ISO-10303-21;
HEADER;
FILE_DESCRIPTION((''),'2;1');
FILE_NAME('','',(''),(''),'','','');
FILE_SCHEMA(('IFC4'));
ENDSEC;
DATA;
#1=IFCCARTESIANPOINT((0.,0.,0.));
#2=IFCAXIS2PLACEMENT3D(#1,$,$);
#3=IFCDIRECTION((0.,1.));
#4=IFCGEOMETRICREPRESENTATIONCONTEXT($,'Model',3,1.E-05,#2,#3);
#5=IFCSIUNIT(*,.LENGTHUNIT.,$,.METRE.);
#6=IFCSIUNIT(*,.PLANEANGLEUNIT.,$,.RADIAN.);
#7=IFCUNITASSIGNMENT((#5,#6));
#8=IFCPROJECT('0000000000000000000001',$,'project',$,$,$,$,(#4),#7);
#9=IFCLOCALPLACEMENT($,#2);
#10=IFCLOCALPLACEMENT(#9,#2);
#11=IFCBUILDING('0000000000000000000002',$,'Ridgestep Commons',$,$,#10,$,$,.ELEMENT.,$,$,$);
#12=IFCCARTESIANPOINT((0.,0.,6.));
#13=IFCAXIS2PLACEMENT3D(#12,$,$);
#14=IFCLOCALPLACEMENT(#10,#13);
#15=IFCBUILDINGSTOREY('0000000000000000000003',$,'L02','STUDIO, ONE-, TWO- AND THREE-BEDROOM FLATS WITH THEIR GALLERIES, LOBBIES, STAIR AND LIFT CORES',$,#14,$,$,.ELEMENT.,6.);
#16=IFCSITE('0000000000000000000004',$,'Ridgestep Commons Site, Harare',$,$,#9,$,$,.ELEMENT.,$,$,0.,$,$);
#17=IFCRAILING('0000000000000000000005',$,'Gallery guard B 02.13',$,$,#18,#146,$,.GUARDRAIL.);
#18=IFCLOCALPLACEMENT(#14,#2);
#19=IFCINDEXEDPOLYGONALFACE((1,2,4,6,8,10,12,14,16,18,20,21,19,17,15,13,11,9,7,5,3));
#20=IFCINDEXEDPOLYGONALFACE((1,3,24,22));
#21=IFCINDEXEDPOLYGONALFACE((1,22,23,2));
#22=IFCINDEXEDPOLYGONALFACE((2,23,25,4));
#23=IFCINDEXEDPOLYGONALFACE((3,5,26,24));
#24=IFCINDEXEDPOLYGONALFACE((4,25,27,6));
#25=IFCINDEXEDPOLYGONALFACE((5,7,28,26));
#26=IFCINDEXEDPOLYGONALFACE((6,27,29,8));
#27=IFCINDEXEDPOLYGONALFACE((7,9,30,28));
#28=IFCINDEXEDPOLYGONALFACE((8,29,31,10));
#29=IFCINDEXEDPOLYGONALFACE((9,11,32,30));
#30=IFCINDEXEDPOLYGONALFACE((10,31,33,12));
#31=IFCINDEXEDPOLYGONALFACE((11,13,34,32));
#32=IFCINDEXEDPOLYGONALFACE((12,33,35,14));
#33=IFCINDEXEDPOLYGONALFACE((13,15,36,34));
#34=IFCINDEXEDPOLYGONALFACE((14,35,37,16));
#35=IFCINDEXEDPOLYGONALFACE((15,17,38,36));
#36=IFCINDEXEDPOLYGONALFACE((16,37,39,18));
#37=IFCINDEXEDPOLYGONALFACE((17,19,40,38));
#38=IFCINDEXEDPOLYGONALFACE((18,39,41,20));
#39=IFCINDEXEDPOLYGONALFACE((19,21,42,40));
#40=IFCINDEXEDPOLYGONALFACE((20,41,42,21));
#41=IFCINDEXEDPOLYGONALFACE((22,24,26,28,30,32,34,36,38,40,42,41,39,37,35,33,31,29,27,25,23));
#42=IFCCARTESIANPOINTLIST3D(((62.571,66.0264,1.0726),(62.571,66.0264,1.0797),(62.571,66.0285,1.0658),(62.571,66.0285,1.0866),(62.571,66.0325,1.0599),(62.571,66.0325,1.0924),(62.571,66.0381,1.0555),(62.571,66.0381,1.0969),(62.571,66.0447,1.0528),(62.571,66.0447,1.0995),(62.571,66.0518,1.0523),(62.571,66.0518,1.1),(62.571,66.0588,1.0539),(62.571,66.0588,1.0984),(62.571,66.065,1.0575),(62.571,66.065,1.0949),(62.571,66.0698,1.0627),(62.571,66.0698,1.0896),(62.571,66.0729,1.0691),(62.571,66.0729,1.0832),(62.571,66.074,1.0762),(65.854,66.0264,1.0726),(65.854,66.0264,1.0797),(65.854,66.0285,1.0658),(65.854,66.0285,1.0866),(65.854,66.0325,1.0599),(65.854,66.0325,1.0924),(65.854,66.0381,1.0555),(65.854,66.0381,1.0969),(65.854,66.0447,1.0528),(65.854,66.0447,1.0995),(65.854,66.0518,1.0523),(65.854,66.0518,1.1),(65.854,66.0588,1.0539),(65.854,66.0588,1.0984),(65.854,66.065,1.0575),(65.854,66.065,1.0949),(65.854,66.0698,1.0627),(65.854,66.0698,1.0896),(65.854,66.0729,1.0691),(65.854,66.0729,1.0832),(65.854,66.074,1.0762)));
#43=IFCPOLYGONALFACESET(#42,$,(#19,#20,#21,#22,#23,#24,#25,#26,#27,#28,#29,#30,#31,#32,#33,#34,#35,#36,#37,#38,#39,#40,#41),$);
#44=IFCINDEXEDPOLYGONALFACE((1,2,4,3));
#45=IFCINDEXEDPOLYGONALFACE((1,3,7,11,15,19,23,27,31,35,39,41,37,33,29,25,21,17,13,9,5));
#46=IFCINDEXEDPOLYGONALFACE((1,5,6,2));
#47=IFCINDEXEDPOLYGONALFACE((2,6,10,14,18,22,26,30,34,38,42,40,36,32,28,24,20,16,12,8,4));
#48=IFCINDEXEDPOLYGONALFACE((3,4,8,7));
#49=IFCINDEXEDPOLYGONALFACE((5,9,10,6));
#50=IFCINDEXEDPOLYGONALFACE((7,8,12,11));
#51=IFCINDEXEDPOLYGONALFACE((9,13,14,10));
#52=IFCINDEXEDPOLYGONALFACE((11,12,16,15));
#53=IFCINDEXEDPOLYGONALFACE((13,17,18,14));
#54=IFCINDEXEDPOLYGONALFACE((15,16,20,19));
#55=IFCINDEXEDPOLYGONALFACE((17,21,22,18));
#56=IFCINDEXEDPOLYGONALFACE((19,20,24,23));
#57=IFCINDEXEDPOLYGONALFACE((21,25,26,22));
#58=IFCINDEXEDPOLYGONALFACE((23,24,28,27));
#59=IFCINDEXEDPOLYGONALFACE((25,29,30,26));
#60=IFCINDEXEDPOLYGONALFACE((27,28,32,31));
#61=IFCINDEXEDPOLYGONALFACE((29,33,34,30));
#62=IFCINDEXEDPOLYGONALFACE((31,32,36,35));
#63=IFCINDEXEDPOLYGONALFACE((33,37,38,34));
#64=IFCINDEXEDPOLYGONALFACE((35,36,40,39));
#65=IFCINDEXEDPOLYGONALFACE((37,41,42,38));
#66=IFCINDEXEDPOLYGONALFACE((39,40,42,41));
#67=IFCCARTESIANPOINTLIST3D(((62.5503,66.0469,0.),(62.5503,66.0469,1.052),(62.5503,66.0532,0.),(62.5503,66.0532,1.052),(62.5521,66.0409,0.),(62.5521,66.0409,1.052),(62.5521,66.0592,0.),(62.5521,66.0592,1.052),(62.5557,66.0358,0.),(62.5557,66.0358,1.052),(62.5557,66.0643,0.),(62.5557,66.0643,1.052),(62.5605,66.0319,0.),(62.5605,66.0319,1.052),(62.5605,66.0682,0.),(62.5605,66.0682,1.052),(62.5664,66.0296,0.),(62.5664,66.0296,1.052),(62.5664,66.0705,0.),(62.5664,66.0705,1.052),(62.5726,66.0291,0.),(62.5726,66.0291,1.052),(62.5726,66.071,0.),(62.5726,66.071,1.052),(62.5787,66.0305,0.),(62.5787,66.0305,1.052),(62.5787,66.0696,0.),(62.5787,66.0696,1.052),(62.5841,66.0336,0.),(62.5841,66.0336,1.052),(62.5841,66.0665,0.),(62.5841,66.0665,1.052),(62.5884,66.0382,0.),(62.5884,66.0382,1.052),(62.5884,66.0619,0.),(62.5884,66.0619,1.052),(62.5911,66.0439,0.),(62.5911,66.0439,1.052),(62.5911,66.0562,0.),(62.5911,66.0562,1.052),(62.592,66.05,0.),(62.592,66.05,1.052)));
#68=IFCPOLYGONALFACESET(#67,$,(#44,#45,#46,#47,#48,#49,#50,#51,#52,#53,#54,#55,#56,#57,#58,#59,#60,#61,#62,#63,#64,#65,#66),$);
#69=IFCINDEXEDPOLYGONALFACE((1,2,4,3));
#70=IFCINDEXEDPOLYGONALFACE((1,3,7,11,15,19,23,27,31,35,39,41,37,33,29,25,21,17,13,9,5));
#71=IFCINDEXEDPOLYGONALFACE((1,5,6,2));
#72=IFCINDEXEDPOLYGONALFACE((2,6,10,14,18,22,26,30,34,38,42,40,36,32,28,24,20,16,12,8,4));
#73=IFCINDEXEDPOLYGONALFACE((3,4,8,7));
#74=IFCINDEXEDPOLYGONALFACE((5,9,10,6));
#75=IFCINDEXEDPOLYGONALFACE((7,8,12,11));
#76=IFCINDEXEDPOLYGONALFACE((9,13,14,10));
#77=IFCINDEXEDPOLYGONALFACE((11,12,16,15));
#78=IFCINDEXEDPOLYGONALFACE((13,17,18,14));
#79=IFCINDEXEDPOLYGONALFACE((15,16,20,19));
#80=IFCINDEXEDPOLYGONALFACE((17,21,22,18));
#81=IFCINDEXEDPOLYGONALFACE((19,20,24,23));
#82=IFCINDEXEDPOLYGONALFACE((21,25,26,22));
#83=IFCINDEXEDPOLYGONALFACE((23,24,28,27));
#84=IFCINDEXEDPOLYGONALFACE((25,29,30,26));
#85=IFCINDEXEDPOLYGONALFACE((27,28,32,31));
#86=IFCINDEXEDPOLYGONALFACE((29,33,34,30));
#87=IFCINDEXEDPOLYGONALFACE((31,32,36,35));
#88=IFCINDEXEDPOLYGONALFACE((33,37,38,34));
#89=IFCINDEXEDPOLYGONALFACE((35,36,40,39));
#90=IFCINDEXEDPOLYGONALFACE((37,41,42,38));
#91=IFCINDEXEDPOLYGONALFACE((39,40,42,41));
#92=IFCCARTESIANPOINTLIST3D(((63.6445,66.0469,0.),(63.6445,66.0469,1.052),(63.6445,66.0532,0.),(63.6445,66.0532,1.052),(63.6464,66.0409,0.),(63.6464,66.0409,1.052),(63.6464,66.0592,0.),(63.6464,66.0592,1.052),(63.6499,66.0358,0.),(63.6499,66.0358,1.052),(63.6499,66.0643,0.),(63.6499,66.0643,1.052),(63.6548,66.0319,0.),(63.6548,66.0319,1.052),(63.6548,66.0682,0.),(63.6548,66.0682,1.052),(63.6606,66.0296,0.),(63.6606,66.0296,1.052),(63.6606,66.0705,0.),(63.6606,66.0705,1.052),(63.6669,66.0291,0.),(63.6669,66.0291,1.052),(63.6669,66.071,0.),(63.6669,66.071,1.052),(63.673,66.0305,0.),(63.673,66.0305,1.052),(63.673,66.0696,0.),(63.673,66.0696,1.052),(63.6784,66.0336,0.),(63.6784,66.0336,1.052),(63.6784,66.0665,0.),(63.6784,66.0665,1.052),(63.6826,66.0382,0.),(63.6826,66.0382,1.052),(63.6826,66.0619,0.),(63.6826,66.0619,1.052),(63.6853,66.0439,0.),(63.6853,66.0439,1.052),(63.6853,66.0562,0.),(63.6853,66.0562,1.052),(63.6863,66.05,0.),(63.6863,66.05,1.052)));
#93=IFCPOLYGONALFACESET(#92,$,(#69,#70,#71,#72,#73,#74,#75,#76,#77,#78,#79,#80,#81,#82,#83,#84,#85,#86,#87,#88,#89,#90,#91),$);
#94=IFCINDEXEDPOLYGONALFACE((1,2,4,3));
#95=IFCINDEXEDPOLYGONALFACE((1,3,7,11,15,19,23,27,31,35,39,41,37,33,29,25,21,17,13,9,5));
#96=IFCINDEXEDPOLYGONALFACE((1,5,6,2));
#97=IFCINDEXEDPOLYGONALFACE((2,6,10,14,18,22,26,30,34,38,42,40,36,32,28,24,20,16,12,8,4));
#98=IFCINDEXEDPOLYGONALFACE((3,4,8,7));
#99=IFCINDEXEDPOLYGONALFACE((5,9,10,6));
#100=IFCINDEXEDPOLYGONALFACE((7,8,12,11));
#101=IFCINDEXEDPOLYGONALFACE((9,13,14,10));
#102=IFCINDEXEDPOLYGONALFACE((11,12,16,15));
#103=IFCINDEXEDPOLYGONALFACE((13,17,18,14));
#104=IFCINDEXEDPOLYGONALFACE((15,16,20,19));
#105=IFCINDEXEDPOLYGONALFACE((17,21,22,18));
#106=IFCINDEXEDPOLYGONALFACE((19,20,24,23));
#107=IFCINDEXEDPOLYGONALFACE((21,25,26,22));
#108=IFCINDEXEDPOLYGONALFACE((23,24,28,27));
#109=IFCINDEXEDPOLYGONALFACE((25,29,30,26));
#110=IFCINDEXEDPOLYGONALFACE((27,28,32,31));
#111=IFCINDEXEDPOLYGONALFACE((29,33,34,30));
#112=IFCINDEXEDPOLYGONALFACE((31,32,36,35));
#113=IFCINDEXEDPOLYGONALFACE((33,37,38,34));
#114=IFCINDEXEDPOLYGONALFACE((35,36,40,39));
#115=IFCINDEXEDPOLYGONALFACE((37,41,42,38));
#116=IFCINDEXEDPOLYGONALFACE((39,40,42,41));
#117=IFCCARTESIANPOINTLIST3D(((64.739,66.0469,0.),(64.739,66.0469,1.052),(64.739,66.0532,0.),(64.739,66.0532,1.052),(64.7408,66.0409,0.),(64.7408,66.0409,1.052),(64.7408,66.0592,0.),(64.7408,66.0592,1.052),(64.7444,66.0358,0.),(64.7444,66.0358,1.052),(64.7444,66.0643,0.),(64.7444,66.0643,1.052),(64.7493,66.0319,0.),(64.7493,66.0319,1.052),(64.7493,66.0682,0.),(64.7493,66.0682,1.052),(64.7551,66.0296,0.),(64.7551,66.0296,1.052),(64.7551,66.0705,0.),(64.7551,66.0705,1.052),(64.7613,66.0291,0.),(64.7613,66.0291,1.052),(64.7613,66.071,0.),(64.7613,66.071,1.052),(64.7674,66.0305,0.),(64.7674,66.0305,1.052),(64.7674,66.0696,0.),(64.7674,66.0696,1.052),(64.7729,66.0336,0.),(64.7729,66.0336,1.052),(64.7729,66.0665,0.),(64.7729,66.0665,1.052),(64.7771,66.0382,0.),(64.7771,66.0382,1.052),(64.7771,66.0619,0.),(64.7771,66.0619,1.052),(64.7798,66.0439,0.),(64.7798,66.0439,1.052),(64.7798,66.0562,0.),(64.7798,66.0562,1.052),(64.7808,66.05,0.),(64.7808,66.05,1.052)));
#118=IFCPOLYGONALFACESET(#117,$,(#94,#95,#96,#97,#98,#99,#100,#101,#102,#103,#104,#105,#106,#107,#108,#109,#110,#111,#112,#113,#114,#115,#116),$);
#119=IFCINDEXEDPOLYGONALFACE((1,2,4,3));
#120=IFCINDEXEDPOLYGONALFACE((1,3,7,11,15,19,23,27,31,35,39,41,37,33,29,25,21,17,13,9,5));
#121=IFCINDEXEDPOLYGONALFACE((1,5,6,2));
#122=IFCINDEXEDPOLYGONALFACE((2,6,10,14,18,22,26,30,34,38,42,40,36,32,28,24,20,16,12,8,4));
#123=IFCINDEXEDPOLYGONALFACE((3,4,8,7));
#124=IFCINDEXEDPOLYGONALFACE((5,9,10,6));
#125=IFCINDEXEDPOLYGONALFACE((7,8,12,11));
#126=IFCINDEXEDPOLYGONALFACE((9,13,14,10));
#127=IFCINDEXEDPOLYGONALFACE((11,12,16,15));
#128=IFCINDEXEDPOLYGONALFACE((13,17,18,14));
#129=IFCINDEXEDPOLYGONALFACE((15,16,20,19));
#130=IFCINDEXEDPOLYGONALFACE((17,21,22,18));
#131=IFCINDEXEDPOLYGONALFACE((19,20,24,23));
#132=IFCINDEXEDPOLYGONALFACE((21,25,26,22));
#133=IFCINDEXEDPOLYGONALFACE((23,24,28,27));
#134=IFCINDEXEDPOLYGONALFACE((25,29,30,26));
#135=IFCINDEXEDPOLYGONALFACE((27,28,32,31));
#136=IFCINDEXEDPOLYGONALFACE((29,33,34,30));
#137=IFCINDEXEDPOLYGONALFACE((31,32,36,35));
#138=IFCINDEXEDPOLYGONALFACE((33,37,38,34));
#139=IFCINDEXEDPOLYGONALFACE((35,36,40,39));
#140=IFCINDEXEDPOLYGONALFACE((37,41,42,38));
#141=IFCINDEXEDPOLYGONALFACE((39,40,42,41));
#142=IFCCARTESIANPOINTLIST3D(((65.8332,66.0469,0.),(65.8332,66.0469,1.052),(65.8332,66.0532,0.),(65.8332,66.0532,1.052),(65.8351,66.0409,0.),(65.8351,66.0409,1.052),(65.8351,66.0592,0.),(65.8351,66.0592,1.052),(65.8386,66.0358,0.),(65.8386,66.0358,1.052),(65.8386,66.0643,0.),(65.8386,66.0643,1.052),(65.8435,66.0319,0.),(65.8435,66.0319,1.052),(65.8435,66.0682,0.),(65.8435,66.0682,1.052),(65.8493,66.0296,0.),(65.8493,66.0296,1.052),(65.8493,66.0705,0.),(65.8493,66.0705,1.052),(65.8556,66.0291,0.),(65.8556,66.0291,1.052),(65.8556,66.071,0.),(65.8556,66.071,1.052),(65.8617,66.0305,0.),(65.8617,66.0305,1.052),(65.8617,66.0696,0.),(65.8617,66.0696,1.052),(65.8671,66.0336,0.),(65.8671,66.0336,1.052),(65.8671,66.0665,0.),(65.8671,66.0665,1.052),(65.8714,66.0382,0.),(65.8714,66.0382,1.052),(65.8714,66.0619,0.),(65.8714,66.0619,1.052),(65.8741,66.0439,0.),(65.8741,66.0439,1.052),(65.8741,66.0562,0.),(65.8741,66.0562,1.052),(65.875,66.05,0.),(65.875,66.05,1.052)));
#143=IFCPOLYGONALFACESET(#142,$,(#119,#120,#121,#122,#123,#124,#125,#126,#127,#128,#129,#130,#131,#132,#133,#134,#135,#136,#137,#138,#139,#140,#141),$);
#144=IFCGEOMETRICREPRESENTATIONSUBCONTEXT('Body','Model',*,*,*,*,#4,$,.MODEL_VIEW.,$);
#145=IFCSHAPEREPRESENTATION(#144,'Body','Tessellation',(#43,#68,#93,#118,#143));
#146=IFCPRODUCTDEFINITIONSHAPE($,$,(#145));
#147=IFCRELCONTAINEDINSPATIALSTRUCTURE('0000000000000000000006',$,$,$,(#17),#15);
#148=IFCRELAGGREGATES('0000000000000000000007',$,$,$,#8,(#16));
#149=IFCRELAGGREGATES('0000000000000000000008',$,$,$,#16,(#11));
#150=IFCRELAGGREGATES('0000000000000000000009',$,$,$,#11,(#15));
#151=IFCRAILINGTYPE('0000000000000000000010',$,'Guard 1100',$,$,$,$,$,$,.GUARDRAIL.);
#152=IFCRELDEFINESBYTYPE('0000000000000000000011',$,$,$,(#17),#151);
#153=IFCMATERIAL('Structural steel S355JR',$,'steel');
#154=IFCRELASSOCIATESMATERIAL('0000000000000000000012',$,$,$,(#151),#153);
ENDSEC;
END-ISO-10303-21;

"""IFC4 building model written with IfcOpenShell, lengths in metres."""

from ifc_helpers import new_model, si_unit, direction, frame, origin, origin_2d, place, context, subcontext, project, spatial, circle, extrude, material, type_object, element, save


model = new_model("IFC4")

# Units and contexts
model_context = context("Model", 3, precision=1e-05, world=origin(), true_north=direction((0.0, 1.0)))
body_context = subcontext(model_context, "Body", "Model", "MODEL_VIEW")
ifc_project = project(units=[si_unit("LENGTHUNIT", "METRE"), si_unit("PLANEANGLEUNIT", "RADIAN")], contexts=[model_context])

# Site, building, storey
site_placement = place(None, origin())
site = spatial("IfcSite", under=ifc_project, at=site_placement, Name="Ridgestep Commons Site, Harare", CompositionType="ELEMENT", RefElevation=0.0)
building_placement = place(site_placement, origin())
building = spatial("IfcBuilding", under=site, at=building_placement, Name="Ridgestep Commons", CompositionType="ELEMENT")
storey_placement = place(building_placement, frame((0.0, 0.0, 6.0)))
storey = spatial("IfcBuildingStorey", under=building, at=storey_placement, Name="L02", Description="STUDIO, ONE-, TWO- AND THREE-BEDROOM FLATS WITH THEIR GALLERIES, LOBBIES, STAIR AND LIFT CORES", CompositionType="ELEMENT", Elevation=6.0)

# Railing
ifc_material_1 = material(Name="Structural steel S355JR", Category="steel")
railing_type = type_object("IfcRailingType", Name="Guard 1100", PredefinedType="GUARDRAIL", material=ifc_material_1)
for number, where, name in (
    (1, (62.571, 66.05, 0.0), "Gallery guard B 02.13"),
):
    element("IfcRailing", number, at=place(storey_placement, frame(where)), inside=storey, type_object=railing_type, Name=name, PredefinedType="GUARDRAIL", context=body_context, shape_type="SweptSolid", body=[
        extrude(circle(Radius=0.0239, at=origin_2d()), frame((0.0, 0.0, 1.0762), z_axis=(1.0, 0.0, 0.0), x_axis=(0.0, 1.0, 0.0)), (0.0, 0.0, 1.0), 3.283),
        extrude(circle(Radius=0.021, at=origin_2d()), origin(), (0.0, 0.0, 1.0), 1.052),
        extrude(circle(Radius=0.021, at=origin_2d()), frame((1.0942, 0.0, 0.0)), (0.0, 0.0, 1.0), 1.052),
        extrude(circle(Radius=0.021, at=origin_2d()), frame((2.1887, 0.0, 0.0)), (0.0, 0.0, 1.0), 1.052),
        extrude(circle(Radius=0.021, at=origin_2d()), frame((3.283, 0.0, 0.0)), (0.0, 0.0, 1.0), 1.052),
    ])

save(model, "model.ifc")
